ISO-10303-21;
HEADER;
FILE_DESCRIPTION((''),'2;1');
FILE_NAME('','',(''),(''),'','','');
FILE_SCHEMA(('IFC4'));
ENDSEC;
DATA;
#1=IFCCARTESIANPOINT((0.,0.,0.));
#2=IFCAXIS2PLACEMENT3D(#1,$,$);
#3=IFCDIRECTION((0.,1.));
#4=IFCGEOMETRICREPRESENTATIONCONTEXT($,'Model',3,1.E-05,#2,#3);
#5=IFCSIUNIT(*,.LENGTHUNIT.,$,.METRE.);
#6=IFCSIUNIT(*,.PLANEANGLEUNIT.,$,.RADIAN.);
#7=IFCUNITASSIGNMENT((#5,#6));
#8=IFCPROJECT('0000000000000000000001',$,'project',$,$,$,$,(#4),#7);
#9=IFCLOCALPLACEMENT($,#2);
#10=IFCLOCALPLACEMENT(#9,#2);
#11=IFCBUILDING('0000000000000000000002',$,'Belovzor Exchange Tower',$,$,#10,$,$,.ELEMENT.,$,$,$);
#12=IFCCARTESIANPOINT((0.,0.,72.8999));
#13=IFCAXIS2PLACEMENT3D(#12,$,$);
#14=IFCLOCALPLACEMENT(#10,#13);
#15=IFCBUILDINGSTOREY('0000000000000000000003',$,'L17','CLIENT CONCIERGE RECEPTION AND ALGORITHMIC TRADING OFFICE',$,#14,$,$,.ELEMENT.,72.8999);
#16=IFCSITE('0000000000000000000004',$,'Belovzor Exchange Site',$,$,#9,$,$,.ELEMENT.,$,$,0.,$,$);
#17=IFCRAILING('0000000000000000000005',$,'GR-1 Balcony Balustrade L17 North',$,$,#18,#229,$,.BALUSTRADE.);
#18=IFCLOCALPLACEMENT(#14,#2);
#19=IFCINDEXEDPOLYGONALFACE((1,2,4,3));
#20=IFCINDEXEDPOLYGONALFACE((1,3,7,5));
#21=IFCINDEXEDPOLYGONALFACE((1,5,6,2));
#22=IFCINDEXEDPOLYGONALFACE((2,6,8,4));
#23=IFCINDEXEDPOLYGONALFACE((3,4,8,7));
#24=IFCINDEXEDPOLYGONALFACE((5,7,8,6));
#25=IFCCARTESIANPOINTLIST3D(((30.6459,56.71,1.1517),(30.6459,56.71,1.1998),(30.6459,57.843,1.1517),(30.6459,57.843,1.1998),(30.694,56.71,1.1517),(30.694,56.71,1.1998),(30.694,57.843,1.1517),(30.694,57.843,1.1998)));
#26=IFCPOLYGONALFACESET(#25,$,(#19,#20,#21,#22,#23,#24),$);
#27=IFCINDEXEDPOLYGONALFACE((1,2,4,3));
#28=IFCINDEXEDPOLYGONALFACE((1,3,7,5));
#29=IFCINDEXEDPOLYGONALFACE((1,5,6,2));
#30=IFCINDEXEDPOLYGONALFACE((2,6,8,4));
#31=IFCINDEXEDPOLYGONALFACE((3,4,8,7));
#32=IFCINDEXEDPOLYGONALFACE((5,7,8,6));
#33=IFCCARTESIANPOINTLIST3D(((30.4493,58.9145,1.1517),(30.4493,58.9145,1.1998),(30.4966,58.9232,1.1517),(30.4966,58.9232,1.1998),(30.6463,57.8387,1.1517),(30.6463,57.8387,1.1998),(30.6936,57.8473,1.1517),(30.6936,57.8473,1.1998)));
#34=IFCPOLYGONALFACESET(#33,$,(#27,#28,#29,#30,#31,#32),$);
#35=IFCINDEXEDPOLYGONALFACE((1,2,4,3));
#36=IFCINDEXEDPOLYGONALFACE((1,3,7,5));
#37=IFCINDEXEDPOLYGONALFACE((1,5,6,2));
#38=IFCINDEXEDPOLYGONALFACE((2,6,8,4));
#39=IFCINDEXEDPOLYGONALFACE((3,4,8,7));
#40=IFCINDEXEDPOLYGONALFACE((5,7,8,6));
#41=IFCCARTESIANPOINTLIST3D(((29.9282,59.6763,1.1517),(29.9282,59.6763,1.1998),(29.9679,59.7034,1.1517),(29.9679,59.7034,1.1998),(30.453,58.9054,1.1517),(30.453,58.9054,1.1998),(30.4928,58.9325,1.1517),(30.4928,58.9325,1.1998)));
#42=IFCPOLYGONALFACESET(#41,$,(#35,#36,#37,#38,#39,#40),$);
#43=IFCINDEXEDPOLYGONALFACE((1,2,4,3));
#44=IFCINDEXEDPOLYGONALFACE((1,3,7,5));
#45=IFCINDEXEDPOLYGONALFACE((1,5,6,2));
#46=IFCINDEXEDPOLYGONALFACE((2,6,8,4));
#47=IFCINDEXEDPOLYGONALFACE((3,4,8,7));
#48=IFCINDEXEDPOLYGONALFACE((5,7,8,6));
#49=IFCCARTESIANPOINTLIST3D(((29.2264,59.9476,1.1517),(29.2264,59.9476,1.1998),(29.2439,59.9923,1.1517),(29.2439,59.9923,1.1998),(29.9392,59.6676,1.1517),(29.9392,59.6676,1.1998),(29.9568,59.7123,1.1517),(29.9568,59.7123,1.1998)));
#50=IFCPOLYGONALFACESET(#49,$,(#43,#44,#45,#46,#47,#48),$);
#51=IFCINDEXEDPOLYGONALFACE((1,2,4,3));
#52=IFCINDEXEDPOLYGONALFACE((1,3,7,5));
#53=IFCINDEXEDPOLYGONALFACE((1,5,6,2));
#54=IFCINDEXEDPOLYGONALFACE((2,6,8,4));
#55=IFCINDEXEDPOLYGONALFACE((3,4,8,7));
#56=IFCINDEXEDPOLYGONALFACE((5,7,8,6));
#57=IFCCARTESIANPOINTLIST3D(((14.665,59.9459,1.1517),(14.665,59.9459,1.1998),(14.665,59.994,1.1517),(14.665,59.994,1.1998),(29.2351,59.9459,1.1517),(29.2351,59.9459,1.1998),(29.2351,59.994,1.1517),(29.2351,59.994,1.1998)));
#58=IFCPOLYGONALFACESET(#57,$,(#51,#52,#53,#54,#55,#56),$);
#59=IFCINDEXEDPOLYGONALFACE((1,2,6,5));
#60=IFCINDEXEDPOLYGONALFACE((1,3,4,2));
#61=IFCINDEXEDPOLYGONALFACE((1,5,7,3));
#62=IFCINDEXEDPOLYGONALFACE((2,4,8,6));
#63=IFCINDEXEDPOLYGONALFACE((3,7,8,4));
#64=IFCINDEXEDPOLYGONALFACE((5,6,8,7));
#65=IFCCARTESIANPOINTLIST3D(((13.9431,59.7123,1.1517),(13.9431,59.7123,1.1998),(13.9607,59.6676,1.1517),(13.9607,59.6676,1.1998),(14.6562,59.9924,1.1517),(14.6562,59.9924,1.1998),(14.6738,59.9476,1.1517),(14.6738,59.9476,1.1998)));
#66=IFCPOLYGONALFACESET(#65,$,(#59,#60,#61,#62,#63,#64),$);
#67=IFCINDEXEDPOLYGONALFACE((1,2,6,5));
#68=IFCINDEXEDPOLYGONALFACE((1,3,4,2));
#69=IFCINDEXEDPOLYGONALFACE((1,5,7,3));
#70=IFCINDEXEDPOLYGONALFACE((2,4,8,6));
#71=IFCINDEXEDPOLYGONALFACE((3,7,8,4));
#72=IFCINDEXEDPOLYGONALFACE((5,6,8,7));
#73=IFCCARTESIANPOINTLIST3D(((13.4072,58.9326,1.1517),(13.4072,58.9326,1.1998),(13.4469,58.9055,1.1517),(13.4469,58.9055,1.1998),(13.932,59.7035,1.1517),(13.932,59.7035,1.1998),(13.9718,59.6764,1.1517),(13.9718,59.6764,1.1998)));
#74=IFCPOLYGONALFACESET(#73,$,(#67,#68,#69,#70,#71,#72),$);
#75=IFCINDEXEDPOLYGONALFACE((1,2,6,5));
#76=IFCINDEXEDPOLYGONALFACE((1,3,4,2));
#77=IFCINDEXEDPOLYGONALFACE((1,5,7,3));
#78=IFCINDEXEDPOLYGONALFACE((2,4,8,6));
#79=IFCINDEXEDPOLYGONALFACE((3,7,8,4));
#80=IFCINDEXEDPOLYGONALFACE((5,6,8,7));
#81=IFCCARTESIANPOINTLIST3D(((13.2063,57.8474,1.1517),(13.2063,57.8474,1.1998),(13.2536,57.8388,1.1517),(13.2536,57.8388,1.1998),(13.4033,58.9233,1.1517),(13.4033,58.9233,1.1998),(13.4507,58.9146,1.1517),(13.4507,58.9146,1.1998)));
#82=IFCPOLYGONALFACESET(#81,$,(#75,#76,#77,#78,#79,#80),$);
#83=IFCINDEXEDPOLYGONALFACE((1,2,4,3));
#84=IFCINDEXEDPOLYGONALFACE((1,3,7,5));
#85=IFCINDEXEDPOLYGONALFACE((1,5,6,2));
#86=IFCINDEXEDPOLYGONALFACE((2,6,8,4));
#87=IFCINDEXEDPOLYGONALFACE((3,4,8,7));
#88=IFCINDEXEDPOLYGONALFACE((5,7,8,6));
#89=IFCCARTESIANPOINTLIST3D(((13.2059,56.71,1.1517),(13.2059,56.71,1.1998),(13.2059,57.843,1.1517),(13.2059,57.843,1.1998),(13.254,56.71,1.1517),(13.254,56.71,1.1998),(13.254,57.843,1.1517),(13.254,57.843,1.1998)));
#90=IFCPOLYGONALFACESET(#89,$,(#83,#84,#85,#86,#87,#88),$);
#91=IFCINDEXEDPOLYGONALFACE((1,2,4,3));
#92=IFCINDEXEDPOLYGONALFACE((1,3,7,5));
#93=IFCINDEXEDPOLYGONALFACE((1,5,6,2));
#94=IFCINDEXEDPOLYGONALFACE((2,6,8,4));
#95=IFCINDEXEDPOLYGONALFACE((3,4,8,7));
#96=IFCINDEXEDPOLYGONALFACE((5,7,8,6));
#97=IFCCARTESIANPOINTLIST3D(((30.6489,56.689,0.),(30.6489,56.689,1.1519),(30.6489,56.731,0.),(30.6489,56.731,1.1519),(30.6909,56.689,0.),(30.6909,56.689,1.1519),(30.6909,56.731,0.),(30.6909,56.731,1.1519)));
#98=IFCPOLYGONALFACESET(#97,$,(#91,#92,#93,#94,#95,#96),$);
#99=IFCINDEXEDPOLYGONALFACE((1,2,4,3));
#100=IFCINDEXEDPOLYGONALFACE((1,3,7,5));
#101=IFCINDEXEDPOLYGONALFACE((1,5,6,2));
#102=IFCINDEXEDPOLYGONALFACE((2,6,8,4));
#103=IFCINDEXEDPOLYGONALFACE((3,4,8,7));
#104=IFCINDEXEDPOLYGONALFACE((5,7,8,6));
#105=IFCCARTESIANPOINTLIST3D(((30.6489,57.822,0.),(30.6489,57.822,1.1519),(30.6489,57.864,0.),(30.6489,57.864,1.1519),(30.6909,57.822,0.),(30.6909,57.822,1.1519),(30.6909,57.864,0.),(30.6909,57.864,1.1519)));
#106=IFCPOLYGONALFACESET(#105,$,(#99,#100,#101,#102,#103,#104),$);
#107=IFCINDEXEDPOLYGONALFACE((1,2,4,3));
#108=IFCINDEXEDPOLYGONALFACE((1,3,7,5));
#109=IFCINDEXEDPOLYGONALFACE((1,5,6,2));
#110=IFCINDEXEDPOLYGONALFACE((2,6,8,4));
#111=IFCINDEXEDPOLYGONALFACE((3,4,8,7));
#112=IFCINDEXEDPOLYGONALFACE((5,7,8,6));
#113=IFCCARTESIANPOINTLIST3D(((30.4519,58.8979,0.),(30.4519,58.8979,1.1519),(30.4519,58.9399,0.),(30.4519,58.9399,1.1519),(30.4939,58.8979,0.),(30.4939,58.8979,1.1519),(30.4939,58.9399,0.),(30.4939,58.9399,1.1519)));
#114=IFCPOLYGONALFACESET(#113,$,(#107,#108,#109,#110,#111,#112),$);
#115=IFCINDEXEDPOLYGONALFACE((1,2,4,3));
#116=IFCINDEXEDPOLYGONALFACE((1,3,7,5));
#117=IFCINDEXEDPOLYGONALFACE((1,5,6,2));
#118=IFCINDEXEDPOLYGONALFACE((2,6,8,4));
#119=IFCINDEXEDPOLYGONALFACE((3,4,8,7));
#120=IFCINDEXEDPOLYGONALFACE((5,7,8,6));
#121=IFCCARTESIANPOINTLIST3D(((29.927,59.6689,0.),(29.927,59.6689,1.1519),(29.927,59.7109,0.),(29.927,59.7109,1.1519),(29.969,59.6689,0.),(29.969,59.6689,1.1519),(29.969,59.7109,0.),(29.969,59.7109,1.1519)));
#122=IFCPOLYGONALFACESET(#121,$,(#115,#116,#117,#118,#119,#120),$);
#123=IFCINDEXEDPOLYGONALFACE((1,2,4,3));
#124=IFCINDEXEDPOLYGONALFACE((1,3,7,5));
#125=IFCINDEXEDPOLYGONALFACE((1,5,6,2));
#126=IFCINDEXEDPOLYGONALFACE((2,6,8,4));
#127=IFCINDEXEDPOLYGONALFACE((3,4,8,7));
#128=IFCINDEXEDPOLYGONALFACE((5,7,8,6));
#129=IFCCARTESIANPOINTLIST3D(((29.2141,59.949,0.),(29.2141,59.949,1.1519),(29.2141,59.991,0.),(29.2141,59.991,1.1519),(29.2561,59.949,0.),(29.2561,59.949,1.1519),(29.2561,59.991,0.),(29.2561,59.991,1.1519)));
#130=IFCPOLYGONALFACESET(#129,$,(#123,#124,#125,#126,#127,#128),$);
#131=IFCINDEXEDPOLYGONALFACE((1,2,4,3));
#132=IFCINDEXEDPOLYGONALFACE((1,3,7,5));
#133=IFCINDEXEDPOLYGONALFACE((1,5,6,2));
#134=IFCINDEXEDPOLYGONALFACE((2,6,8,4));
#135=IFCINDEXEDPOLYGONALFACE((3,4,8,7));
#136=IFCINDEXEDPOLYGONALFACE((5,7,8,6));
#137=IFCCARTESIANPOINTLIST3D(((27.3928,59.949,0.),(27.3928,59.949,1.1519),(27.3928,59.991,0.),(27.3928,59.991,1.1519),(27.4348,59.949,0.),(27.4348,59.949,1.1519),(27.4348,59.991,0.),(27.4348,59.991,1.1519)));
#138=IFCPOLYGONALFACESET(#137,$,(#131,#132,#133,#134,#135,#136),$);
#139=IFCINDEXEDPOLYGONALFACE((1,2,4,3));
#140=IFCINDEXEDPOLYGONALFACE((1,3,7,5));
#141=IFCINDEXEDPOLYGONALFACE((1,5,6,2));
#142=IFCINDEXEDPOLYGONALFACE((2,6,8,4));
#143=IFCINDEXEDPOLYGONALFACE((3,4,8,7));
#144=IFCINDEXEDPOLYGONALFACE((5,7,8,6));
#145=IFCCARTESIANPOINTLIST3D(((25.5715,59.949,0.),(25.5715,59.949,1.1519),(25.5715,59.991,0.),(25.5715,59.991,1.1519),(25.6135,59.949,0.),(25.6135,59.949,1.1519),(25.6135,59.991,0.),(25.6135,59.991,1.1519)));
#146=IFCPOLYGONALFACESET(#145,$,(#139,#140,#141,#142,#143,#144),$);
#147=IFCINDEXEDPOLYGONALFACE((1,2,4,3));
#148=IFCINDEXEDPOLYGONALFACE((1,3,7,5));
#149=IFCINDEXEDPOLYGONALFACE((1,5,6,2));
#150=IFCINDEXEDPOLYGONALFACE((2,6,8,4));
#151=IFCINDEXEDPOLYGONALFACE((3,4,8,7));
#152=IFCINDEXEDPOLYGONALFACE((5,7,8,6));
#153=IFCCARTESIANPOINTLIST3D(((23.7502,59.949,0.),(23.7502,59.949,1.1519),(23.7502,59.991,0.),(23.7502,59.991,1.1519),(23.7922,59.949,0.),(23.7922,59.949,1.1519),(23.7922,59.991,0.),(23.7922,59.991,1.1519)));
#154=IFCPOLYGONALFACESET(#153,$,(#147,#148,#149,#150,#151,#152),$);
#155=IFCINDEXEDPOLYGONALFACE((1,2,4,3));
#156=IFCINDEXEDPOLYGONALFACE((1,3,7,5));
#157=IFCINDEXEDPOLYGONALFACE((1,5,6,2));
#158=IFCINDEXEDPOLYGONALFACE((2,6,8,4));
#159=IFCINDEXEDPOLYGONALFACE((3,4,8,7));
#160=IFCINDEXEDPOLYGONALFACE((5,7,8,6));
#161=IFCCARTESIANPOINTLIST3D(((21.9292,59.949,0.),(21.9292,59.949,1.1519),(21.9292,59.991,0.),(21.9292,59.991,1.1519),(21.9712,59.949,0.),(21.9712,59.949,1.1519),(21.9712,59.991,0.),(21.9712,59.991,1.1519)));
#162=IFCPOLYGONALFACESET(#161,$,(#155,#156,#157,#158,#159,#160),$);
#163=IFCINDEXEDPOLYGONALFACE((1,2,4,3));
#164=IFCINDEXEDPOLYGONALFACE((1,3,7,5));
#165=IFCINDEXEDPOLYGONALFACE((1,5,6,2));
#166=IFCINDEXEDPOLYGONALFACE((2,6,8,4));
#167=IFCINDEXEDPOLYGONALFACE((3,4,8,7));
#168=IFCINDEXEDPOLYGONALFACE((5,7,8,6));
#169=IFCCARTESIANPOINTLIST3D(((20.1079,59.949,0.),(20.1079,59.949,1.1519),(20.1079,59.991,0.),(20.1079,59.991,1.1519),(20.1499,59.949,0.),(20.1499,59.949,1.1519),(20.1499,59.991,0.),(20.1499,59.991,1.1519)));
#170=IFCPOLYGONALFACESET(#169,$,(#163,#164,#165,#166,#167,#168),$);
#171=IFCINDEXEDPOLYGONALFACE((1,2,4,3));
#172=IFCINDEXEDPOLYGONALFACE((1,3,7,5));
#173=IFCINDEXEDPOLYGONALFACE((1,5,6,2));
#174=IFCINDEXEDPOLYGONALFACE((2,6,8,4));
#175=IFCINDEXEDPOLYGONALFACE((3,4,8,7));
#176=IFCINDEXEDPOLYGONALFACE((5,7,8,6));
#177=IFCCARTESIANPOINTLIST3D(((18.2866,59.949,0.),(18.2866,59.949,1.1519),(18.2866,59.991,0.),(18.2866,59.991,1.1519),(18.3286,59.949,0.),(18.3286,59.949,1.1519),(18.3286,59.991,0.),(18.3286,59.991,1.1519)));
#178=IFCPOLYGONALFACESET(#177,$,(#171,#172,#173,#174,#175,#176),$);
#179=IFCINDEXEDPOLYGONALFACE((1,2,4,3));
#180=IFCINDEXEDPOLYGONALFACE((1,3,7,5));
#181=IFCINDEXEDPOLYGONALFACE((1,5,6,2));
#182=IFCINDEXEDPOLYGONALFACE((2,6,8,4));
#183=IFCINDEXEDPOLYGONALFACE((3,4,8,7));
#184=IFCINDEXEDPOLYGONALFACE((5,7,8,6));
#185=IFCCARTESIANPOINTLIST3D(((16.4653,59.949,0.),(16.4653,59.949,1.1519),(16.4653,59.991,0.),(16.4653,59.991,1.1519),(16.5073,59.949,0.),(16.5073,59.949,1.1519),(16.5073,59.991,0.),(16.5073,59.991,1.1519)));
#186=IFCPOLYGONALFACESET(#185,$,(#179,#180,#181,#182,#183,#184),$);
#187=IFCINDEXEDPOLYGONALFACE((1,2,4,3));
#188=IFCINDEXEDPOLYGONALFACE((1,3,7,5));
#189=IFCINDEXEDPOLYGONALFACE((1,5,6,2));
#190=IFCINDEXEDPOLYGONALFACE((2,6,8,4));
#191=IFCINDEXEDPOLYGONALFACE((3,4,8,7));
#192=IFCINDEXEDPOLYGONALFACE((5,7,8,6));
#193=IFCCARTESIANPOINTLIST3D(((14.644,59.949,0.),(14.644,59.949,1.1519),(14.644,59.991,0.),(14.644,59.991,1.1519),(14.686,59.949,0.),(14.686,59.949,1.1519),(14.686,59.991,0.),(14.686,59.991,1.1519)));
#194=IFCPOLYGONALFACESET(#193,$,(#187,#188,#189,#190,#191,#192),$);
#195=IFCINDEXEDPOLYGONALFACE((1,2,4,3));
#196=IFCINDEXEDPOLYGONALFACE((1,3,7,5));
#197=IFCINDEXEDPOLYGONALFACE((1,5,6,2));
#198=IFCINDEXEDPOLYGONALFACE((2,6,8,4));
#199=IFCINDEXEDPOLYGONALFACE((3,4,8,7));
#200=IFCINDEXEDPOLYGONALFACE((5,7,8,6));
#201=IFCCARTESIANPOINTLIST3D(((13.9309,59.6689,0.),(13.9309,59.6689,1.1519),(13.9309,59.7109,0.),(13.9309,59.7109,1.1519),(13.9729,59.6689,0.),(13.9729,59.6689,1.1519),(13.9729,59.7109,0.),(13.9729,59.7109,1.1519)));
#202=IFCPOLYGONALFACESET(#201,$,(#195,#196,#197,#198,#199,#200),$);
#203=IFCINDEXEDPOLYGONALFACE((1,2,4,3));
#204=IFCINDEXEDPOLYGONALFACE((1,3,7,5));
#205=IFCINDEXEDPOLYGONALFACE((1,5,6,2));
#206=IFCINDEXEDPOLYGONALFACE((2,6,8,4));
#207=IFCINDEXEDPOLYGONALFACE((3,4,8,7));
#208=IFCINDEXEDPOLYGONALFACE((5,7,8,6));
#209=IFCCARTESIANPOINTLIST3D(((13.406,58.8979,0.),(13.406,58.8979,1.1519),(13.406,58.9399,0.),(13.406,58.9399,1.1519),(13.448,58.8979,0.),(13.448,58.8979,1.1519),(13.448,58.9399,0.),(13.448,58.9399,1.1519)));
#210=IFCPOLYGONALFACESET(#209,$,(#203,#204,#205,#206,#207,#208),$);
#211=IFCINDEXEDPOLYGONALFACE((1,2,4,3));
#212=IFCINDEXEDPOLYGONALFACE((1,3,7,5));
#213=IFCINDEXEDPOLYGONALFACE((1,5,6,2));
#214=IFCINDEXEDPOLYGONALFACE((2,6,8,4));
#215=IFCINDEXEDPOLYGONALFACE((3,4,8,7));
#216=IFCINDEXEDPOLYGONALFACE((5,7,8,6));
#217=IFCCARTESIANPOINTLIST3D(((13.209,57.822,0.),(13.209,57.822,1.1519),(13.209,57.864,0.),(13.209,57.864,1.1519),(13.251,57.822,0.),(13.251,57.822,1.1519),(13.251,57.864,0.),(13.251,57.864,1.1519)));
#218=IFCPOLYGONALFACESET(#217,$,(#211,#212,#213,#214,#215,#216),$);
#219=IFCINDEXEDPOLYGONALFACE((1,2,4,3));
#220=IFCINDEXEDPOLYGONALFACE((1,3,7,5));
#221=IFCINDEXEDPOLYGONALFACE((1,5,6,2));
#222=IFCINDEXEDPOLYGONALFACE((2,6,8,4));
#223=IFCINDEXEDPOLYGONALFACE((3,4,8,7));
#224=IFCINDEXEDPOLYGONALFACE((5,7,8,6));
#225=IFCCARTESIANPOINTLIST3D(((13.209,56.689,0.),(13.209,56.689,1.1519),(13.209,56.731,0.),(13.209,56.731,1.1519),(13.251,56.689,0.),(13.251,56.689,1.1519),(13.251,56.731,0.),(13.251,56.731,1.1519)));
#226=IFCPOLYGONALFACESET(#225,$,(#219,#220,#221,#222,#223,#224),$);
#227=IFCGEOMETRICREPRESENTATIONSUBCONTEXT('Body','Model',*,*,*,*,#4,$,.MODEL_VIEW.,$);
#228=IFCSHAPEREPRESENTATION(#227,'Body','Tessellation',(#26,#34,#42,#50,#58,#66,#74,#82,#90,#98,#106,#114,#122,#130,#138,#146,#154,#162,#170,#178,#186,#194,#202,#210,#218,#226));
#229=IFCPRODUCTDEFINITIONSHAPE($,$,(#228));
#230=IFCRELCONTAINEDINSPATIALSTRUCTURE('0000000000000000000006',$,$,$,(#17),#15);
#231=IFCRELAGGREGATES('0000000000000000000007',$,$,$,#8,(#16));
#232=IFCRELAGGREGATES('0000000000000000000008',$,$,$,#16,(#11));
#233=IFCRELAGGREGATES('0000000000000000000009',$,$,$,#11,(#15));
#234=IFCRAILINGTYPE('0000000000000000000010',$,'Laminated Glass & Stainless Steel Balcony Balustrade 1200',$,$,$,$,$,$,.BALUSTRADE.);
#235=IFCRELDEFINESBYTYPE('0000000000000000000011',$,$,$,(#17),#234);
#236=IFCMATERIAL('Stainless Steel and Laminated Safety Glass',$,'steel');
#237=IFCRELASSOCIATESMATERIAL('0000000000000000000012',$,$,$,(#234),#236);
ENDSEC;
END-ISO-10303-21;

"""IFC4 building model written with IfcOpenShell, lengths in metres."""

from ifc_helpers import new_model, si_unit, direction, frame, origin, origin_2d, place, context, subcontext, project, spatial, rectangle, extrude, material, type_object, element, save


model = new_model("IFC4")

# Units and contexts
model_context = context("Model", 3, precision=1e-05, world=origin(), true_north=direction((0.0, 1.0)))
body_context = subcontext(model_context, "Body", "Model", "MODEL_VIEW")
ifc_project = project(units=[si_unit("LENGTHUNIT", "METRE"), si_unit("PLANEANGLEUNIT", "RADIAN")], contexts=[model_context])

# Site, building, storey
site_placement = place(None, origin())
site = spatial("IfcSite", under=ifc_project, at=site_placement, Name="Belovzor Exchange Site", CompositionType="ELEMENT", RefElevation=0.0)
building_placement = place(site_placement, origin())
building = spatial("IfcBuilding", under=site, at=building_placement, Name="Belovzor Exchange Tower", CompositionType="ELEMENT")
storey_placement = place(building_placement, frame((0.0, 0.0, 72.8999)))
storey = spatial("IfcBuildingStorey", under=building, at=storey_placement, Name="L17", Description="CLIENT CONCIERGE RECEPTION AND ALGORITHMIC TRADING OFFICE", CompositionType="ELEMENT", Elevation=72.8999)

# Railing
ifc_material_1 = material(Name="Stainless Steel and Laminated Safety Glass", Category="steel")
railing_type = type_object("IfcRailingType", Name="Laminated Glass & Stainless Steel Balcony Balustrade 1200", PredefinedType="BALUSTRADE", material=ifc_material_1)
railing_placement = place(storey_placement, frame((30.6699, 56.71, 0.0)))
element("IfcRailing", 1, at=railing_placement, inside=storey, type_object=railing_type, Name="GR-1 Balcony Balustrade L17 North", PredefinedType="BALUSTRADE", context=body_context, shape_type="SweptSolid", body=[
    extrude(rectangle(XDim=0.0481, YDim=0.0481, at=origin_2d()), frame((0.0, 0.0, 1.1758), z_axis=(0.0, 1.0, 0.0), x_axis=(-1.0, 0.0, 0.0)), (0.0, 0.0, 1.0), 1.1331),
    extrude(rectangle(XDim=0.0481, YDim=0.0481, at=origin_2d()), frame((0.0, 1.1331, 1.1758), z_axis=(-0.180123, 0.983644, 0.0), x_axis=(-0.983644, -0.180123, 0.0)), (0.0, 0.0, 1.0), 1.0938),
    extrude(rectangle(XDim=0.0481, YDim=0.0481, at=origin_2d()), frame((-0.197, 2.209, 1.1758), z_axis=(-0.562768, 0.826615, 0.0), x_axis=(-0.826615, -0.562768, 0.0)), (0.0, 0.0, 1.0), 0.9326),
    extrude(rectangle(XDim=0.0481, YDim=0.0481, at=origin_2d()), frame((-0.7219, 2.98, 1.1758), z_axis=(-0.930767, 0.365613, 0.0), x_axis=(-0.365613, -0.930767, 0.0)), (0.0, 0.0, 1.0), 0.7659),
    extrude(rectangle(XDim=0.0481, YDim=0.0481, at=origin_2d()), frame((-1.4348, 3.26, 1.1758), z_axis=(-1.0, 0.0, 0.0), x_axis=(0.0, -1.0, 0.0)), (0.0, 0.0, 1.0), 14.5701),
    extrude(rectangle(XDim=0.0481, YDim=0.0481, at=origin_2d()), frame((-16.0049, 3.26, 1.1758), z_axis=(-0.93081, -0.365504, 0.0), x_axis=(0.365504, -0.93081, 0.0)), (0.0, 0.0, 1.0), 0.7661),
    extrude(rectangle(XDim=0.0481, YDim=0.0481, at=origin_2d()), frame((-16.718, 2.98, 1.1758), z_axis=(-0.562768, -0.826615, 0.0), x_axis=(0.826615, -0.562768, 0.0)), (0.0, 0.0, 1.0), 0.9326),
    extrude(rectangle(XDim=0.0481, YDim=0.0481, at=origin_2d()), frame((-17.2429, 2.209, 1.1758), z_axis=(-0.180123, -0.983644, 0.0), x_axis=(0.983644, -0.180123, 0.0)), (0.0, 0.0, 1.0), 1.0938),
    extrude(rectangle(XDim=0.0481, YDim=0.0481, at=origin_2d()), frame((-17.4399, 1.1331, 1.1758), z_axis=(0.0, -1.0, 0.0), x_axis=(1.0, 0.0, 0.0)), (0.0, 0.0, 1.0), 1.1331),
    extrude(rectangle(XDim=0.042, YDim=0.042, at=origin_2d()), origin(), (0.0, 0.0, 1.0), 1.1519),
    extrude(rectangle(XDim=0.042, YDim=0.042, at=origin_2d()), frame((0.0, 1.1331, 0.0)), (0.0, 0.0, 1.0), 1.1519),
    extrude(rectangle(XDim=0.042, YDim=0.042, at=origin_2d()), frame((-0.197, 2.209, 0.0)), (0.0, 0.0, 1.0), 1.1519),
    extrude(rectangle(XDim=0.042, YDim=0.042, at=origin_2d()), frame((-0.7219, 2.98, 0.0)), (0.0, 0.0, 1.0), 1.1519),
    extrude(rectangle(XDim=0.042, YDim=0.042, at=origin_2d()), frame((-1.4348, 3.26, 0.0)), (0.0, 0.0, 1.0), 1.1519),
    extrude(rectangle(XDim=0.042, YDim=0.042, at=origin_2d()), frame((-3.2561, 3.26, 0.0)), (0.0, 0.0, 1.0), 1.1519),
    extrude(rectangle(XDim=0.042, YDim=0.042, at=origin_2d()), frame((-5.0774, 3.26, 0.0)), (0.0, 0.0, 1.0), 1.1519),
    extrude(rectangle(XDim=0.042, YDim=0.042, at=origin_2d()), frame((-6.8987, 3.26, 0.0)), (0.0, 0.0, 1.0), 1.1519),
    extrude(rectangle(XDim=0.042, YDim=0.042, at=origin_2d()), frame((-8.7197, 3.26, 0.0)), (0.0, 0.0, 1.0), 1.1519),
    extrude(rectangle(XDim=0.042, YDim=0.042, at=origin_2d()), frame((-10.541, 3.26, 0.0)), (0.0, 0.0, 1.0), 1.1519),
    extrude(rectangle(XDim=0.042, YDim=0.042, at=origin_2d()), frame((-12.3623, 3.26, 0.0)), (0.0, 0.0, 1.0), 1.1519),
    extrude(rectangle(XDim=0.042, YDim=0.042, at=origin_2d()), frame((-14.1836, 3.26, 0.0)), (0.0, 0.0, 1.0), 1.1519),
    extrude(rectangle(XDim=0.042, YDim=0.042, at=origin_2d()), frame((-16.0049, 3.26, 0.0)), (0.0, 0.0, 1.0), 1.1519),
    extrude(rectangle(XDim=0.042, YDim=0.042, at=origin_2d()), frame((-16.718, 2.98, 0.0)), (0.0, 0.0, 1.0), 1.1519),
    extrude(rectangle(XDim=0.042, YDim=0.042, at=origin_2d()), frame((-17.2429, 2.209, 0.0)), (0.0, 0.0, 1.0), 1.1519),
    extrude(rectangle(XDim=0.042, YDim=0.042, at=origin_2d()), frame((-17.4399, 1.1331, 0.0)), (0.0, 0.0, 1.0), 1.1519),
    extrude(rectangle(XDim=0.042, YDim=0.042, at=origin_2d()), frame((-17.4399, 0.0, 0.0)), (0.0, 0.0, 1.0), 1.1519),
])

save(model, "model.ifc")
